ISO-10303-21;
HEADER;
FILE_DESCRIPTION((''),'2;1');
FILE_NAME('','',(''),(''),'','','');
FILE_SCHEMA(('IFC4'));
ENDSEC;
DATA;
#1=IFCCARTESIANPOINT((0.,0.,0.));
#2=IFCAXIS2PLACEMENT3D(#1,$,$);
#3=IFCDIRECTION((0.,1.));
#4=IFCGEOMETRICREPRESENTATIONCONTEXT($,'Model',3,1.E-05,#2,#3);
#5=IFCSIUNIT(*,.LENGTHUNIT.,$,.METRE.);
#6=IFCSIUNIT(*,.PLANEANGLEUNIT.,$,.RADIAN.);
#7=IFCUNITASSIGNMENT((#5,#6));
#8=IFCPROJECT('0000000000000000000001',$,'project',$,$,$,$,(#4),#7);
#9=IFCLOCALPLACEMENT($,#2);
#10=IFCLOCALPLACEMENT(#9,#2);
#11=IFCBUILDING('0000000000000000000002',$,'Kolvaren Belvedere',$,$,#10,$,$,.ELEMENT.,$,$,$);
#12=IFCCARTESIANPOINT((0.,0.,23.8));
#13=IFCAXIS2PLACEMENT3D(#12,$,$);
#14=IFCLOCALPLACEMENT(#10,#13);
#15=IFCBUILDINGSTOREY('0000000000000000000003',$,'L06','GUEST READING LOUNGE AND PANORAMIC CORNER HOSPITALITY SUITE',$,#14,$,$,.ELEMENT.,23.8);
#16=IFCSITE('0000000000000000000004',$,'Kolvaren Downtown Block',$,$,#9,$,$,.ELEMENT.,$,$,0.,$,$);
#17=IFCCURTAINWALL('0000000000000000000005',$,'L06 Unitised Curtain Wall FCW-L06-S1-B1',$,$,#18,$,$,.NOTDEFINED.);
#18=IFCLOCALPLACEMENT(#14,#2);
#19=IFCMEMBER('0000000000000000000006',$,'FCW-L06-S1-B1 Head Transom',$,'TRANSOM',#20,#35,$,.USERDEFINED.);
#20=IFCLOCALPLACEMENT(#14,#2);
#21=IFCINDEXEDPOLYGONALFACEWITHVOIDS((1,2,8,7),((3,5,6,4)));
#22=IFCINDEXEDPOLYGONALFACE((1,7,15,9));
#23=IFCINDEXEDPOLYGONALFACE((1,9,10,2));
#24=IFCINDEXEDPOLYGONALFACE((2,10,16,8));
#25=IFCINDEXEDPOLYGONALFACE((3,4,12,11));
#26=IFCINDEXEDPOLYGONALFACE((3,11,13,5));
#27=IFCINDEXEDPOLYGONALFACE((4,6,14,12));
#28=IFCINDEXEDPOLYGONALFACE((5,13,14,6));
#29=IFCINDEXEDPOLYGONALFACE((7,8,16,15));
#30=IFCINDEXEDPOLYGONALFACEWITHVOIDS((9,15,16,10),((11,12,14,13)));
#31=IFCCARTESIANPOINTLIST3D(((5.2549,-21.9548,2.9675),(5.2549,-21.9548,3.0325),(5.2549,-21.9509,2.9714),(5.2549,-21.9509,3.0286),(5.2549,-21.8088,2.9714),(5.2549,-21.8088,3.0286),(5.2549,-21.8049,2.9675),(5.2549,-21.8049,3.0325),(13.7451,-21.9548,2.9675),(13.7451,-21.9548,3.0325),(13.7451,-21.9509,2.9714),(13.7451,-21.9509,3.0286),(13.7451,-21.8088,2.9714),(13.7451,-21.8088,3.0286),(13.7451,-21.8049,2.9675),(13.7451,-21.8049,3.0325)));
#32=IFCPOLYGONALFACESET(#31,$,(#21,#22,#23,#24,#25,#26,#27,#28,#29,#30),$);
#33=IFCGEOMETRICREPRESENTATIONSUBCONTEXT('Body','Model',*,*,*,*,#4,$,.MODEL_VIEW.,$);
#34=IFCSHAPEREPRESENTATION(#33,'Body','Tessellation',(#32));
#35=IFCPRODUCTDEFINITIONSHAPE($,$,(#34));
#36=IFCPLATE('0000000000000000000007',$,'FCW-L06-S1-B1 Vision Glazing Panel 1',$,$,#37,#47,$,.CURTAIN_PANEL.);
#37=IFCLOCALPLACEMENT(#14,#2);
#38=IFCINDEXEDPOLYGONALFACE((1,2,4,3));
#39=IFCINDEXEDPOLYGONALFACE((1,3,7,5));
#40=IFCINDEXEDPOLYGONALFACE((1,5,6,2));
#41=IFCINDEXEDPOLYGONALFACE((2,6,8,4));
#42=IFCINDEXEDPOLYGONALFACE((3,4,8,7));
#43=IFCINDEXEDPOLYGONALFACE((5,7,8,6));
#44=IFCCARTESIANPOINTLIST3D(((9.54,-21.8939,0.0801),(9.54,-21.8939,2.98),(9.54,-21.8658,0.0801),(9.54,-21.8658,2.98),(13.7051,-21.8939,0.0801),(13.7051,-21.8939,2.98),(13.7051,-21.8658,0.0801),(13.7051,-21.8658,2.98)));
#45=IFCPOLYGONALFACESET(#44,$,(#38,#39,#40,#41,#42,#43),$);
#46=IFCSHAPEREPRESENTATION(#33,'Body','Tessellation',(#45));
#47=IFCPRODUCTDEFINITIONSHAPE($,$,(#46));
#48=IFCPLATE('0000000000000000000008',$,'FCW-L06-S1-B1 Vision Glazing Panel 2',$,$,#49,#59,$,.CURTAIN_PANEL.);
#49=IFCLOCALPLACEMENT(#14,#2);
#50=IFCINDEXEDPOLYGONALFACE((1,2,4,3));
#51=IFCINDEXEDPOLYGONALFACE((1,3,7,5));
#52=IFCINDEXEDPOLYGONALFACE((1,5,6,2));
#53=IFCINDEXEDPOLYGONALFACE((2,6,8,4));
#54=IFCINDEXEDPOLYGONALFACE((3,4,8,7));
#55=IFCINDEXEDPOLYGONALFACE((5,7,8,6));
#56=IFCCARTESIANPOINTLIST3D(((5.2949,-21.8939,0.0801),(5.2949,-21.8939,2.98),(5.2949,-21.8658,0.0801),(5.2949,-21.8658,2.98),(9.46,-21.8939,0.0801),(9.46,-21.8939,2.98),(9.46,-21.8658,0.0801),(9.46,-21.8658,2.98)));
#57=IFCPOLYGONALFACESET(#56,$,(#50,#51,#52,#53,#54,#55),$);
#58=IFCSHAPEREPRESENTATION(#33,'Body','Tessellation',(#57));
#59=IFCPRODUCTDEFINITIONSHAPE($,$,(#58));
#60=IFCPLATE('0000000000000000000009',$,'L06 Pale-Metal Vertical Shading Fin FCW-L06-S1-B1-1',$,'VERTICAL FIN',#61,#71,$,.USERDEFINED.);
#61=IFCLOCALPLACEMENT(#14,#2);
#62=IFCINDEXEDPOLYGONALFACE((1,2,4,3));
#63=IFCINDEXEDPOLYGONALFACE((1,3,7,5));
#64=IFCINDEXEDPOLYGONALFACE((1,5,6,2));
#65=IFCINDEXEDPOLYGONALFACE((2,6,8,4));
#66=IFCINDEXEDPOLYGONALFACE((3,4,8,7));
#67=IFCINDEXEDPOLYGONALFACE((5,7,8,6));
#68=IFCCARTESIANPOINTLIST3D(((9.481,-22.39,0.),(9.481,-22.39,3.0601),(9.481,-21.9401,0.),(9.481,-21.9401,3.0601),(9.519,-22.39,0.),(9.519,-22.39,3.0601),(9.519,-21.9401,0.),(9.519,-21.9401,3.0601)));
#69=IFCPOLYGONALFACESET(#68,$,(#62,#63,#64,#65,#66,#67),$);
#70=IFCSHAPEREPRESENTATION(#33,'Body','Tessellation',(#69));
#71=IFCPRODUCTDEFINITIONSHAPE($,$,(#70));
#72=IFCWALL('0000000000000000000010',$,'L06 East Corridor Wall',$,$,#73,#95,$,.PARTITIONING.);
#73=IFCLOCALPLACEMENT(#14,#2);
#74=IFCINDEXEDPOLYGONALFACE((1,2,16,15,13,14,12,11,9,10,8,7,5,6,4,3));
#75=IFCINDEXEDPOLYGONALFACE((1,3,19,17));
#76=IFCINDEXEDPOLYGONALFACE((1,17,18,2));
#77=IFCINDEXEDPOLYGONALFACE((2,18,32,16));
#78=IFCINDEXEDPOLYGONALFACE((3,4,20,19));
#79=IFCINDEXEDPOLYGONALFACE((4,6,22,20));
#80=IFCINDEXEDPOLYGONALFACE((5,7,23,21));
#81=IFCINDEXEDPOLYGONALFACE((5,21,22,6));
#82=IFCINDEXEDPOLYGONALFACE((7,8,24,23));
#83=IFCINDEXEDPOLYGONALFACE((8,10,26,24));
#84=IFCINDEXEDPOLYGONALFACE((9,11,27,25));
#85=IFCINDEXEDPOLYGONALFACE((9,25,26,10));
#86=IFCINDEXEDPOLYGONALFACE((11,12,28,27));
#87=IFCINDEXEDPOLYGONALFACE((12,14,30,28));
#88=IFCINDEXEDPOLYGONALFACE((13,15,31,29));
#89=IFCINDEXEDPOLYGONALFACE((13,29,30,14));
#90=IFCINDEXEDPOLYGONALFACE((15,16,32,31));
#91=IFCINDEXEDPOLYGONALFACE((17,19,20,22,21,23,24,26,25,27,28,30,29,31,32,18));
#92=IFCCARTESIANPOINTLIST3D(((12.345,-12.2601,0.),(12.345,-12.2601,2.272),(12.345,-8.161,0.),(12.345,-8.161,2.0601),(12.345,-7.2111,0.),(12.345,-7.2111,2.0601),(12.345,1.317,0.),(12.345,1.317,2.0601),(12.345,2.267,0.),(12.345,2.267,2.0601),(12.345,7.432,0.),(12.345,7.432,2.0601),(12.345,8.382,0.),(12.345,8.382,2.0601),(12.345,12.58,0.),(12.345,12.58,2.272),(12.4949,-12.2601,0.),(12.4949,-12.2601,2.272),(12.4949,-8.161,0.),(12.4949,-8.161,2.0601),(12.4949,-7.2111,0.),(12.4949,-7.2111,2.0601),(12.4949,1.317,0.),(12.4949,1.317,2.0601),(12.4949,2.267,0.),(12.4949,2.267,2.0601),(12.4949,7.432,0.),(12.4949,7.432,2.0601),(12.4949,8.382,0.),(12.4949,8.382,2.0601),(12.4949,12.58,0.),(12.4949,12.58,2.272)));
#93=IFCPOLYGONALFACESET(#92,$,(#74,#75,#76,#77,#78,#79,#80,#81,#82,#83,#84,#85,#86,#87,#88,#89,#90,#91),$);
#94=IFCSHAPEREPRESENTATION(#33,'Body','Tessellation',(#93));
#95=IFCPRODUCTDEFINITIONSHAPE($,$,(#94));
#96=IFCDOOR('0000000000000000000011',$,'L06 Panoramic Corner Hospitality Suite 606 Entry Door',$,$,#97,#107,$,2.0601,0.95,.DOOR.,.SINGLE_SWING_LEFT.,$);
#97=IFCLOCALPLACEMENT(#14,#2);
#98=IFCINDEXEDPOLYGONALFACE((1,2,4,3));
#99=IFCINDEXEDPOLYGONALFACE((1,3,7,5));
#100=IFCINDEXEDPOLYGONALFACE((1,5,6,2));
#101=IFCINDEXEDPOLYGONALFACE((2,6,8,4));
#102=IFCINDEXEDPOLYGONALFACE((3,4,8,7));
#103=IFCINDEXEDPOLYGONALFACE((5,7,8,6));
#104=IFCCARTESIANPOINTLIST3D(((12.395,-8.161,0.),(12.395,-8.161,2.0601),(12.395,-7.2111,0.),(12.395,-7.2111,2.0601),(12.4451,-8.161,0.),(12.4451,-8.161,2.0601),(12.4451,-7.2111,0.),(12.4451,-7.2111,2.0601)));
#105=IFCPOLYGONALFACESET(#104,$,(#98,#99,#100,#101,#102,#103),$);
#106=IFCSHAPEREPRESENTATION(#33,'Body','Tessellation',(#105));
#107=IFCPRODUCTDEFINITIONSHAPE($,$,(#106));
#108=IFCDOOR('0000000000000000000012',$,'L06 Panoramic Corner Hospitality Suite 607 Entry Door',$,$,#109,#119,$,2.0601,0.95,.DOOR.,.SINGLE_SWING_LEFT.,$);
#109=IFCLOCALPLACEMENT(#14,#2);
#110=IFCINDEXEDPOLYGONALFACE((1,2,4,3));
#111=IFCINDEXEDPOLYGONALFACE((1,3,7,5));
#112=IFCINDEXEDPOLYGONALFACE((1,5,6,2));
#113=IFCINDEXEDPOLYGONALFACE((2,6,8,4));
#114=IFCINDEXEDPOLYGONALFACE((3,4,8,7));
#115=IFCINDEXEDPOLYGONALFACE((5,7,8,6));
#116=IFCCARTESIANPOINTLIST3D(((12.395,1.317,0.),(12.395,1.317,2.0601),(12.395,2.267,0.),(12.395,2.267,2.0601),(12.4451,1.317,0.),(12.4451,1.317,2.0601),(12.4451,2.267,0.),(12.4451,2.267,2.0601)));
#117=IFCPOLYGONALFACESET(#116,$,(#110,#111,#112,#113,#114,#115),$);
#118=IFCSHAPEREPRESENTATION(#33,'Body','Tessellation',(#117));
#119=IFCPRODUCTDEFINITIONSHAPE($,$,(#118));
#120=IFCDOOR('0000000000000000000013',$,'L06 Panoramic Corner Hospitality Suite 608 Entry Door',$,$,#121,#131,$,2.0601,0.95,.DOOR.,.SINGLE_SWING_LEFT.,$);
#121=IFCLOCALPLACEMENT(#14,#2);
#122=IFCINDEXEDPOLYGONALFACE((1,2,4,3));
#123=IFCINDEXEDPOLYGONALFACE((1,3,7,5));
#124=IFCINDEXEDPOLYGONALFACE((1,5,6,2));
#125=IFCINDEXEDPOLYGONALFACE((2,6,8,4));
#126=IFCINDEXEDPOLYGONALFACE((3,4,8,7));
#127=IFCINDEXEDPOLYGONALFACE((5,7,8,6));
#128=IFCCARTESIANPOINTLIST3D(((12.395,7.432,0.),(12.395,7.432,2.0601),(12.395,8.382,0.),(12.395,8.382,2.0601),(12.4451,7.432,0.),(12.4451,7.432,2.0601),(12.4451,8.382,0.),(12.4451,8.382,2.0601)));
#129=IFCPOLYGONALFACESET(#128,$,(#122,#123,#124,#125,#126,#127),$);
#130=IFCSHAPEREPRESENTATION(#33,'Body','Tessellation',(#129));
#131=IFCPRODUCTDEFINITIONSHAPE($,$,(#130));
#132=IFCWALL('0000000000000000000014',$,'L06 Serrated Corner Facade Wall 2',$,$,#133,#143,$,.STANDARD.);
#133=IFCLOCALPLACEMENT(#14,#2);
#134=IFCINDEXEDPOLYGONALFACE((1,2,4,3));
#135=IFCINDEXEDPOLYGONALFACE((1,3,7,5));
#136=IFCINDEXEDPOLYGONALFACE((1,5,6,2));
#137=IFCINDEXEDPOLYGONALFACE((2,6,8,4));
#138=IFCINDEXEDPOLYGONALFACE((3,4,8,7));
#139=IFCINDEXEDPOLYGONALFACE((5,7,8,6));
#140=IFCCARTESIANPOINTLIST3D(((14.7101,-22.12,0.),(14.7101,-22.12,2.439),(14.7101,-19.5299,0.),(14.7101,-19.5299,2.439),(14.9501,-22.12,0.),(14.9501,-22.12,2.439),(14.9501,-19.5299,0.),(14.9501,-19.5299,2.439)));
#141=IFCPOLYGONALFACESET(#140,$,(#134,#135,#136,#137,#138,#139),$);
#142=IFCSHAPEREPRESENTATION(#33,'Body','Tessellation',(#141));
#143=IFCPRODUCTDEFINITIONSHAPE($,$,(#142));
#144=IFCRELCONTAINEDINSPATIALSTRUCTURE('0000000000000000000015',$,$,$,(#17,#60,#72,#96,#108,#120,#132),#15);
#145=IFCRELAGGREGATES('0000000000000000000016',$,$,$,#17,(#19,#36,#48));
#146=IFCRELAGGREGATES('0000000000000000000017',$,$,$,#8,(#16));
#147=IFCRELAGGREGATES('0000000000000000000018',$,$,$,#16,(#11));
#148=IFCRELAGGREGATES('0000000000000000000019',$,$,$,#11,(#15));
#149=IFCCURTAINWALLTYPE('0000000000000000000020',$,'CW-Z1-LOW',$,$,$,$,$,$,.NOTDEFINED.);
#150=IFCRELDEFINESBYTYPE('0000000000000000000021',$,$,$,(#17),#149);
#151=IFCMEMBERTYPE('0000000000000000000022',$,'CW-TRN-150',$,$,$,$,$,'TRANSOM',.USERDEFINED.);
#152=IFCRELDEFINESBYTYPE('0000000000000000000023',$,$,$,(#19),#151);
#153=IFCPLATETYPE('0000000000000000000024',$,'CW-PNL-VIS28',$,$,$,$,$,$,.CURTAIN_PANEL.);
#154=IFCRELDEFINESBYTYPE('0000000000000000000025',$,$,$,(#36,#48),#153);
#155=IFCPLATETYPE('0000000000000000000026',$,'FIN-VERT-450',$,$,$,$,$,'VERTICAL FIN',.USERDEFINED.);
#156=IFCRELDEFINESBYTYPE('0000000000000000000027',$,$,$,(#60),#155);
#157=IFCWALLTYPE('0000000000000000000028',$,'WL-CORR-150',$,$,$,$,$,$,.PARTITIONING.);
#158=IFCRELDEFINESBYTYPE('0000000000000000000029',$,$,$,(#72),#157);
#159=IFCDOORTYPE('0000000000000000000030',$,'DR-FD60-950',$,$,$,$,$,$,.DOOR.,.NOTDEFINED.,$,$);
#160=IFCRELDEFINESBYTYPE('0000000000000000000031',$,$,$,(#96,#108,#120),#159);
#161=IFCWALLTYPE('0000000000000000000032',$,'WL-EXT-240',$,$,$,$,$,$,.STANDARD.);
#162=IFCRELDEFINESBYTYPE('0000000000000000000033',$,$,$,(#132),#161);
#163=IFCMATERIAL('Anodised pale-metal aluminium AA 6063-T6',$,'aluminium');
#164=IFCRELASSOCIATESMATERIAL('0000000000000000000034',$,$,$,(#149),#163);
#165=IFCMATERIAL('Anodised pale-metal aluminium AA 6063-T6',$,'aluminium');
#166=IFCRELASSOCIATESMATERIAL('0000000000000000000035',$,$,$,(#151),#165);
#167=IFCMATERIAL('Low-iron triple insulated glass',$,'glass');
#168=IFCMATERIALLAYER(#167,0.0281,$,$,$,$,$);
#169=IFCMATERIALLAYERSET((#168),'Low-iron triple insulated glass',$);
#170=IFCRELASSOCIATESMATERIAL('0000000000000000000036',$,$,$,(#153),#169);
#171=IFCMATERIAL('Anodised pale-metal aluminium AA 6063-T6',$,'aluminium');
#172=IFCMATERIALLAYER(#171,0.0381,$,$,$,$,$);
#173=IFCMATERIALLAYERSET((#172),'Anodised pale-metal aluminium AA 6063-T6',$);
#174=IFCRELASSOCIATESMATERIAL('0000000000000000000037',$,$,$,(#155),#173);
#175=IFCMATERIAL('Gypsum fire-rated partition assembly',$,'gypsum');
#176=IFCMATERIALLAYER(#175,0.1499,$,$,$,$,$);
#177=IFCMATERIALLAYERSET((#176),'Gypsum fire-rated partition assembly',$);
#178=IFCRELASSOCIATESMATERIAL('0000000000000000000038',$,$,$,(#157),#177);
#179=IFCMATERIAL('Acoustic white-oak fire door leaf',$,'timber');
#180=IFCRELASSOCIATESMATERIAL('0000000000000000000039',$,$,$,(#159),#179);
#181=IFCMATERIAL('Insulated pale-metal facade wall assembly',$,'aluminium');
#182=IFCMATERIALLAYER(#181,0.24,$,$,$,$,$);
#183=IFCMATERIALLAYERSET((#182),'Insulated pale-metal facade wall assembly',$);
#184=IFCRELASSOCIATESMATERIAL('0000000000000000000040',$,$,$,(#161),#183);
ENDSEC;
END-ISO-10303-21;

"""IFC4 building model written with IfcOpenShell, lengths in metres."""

from ifc_helpers import new_model, si_unit, direction, frame, frame_2d, origin, origin_2d, place, context, subcontext, project, spatial, rectangle, hollow_rectangle, extrude, material, layer, layer_set, material_profile, profile_set, type_object, element, fill, aggregate, save


model = new_model("IFC4")

# Units and contexts
model_context = context("Model", 3, precision=1e-05, world=origin(), true_north=direction((0.0, 1.0)))
body_context = subcontext(model_context, "Body", "Model", "MODEL_VIEW")
ifc_project = project(units=[si_unit("LENGTHUNIT", "METRE"), si_unit("PLANEANGLEUNIT", "RADIAN")], contexts=[model_context])

# Site, building, storey
site_placement = place(None, origin())
site = spatial("IfcSite", under=ifc_project, at=site_placement, Name="Kolvaren Downtown Block", CompositionType="ELEMENT", RefElevation=0.0)
building_placement = place(site_placement, origin())
building = spatial("IfcBuilding", under=site, at=building_placement, Name="Kolvaren Belvedere", CompositionType="ELEMENT")
storey_placement = place(building_placement, frame((0.0, 0.0, 23.8)))
storey = spatial("IfcBuildingStorey", under=building, at=storey_placement, Name="L06", Description="GUEST READING LOUNGE AND PANORAMIC CORNER HOSPITALITY SUITE", CompositionType="ELEMENT", Elevation=23.8)

# Curtain wall
ifc_material_1 = material(Name="Anodised pale-metal aluminium AA 6063-T6", Category="aluminium")
curtain_wall_type = type_object("IfcCurtainWallType", Name="CW-Z1-LOW", PredefinedType="NOTDEFINED", material=ifc_material_1)
curtain_wall_1_placement = place(storey_placement, origin())
curtain_wall_1 = element("IfcCurtainWall", 1, at=curtain_wall_1_placement, inside=storey, type_object=curtain_wall_type, Name="L06 Unitised Curtain Wall FCW-L06-S1-B1", PredefinedType="NOTDEFINED")

# Member
ifc_material_2 = material(Name="Anodised pale-metal aluminium AA 6063-T6", Category="aluminium")
ifc_material_profile_1 = material_profile(ifc_material_2, hollow_rectangle(XDim=0.0649, YDim=0.1499, WallThickness=0.0039, at=origin_2d()), Name="ALU-TRN-150X65")
ifc_profile_set_1 = profile_set([ifc_material_profile_1], Name="Anodised pale-metal aluminium AA 6063-T6")
member_type_1 = type_object("IfcMemberType", Name="CW-TRN-150", ElementType="TRANSOM", PredefinedType="USERDEFINED", material=ifc_profile_set_1)
member_1_placement = place(storey_placement, frame((13.7451, -21.8799, 3.0), z_axis=(-1.0, 0.0, 0.0), x_axis=(0.0, 0.0, 1.0)))
member_1 = element("IfcMember", 2, at=member_1_placement, type_object=member_type_1, Name="FCW-L06-S1-B1 Head Transom", ObjectType="TRANSOM", PredefinedType="USERDEFINED", context=body_context, shape_type="SweptSolid", body=[
    extrude(hollow_rectangle(XDim=0.0649, YDim=0.1499, WallThickness=0.0039, at=origin_2d()), origin(), (0.0, 0.0, 1.0), 8.4902),
])

# Plates
ifc_material_3 = material(Name="Low-iron triple insulated glass", Category="glass")
ifc_layer_1 = layer(ifc_material_3, 0.0281)
ifc_layer_set_1 = layer_set([ifc_layer_1], Name="Low-iron triple insulated glass")
plate_type_1 = type_object("IfcPlateType", Name="CW-PNL-VIS28", PredefinedType="CURTAIN_PANEL", material=ifc_layer_set_1)
plate_1_placement = place(storey_placement, frame((11.6226, -21.8799, 0.0801), z_axis=(0.0, 0.0, 1.0), x_axis=(-1.0, 0.0, 0.0)))
plate_1 = element("IfcPlate", 3, at=plate_1_placement, type_object=plate_type_1, Name="FCW-L06-S1-B1 Vision Glazing Panel 1", PredefinedType="CURTAIN_PANEL", context=body_context, shape_type="SweptSolid", body=[
    extrude(rectangle(XDim=4.165, YDim=0.0281, at=origin_2d()), origin(), (0.0, 0.0, 1.0), 2.8999),
])
plate_2_placement = place(storey_placement, frame((7.3774, -21.8799, 0.0801), z_axis=(0.0, 0.0, 1.0), x_axis=(-1.0, 0.0, 0.0)))
plate_2 = element("IfcPlate", 4, at=plate_2_placement, type_object=plate_type_1, Name="FCW-L06-S1-B1 Vision Glazing Panel 2", PredefinedType="CURTAIN_PANEL", context=body_context, shape_type="SweptSolid", body=[
    extrude(rectangle(XDim=4.165, YDim=0.0281, at=origin_2d()), origin(), (0.0, 0.0, 1.0), 2.8999),
])
aggregate(curtain_wall_1, [member_1, plate_1, plate_2])
ifc_material_4 = material(Name="Anodised pale-metal aluminium AA 6063-T6", Category="aluminium")
ifc_layer_2 = layer(ifc_material_4, 0.0381)
ifc_layer_set_2 = layer_set([ifc_layer_2], Name="Anodised pale-metal aluminium AA 6063-T6")
plate_type_2 = type_object("IfcPlateType", Name="FIN-VERT-450", ElementType="VERTICAL FIN", PredefinedType="USERDEFINED", material=ifc_layer_set_2)
plate_3_placement = place(storey_placement, frame((9.5, -22.165, 0.0), z_axis=(0.0, 0.0, 1.0), x_axis=(0.0, 1.0, 0.0)))
element("IfcPlate", 5, at=plate_3_placement, inside=storey, type_object=plate_type_2, Name="L06 Pale-Metal Vertical Shading Fin FCW-L06-S1-B1-1", ObjectType="VERTICAL FIN", PredefinedType="USERDEFINED", context=body_context, shape_type="SweptSolid", body=[
    extrude(rectangle(XDim=0.45, YDim=0.0381, at=origin_2d()), origin(), (0.0, 0.0, 1.0), 3.0601),
])

# Wall, openings, doors
ifc_material_5 = material(Name="Gypsum fire-rated partition assembly", Category="gypsum")
ifc_layer_3 = layer(ifc_material_5, 0.1499)
ifc_layer_set_3 = layer_set([ifc_layer_3], Name="Gypsum fire-rated partition assembly")
wall_type_1 = type_object("IfcWallType", Name="WL-CORR-150", PredefinedType="PARTITIONING", material=ifc_layer_set_3)
wall_1_placement = place(storey_placement, frame((12.4199, -12.26, 0.0), z_axis=(0.0, 0.0, 1.0), x_axis=(0.0, 1.0, 0.0)))
wall_1 = element("IfcWall", 6, at=wall_1_placement, inside=storey, type_object=wall_type_1, Name="L06 East Corridor Wall", PredefinedType="PARTITIONING", context=body_context, shape_type="SweptSolid", body=[
    extrude(rectangle(XDim=24.8401, YDim=0.1499, at=frame_2d((12.4199, 0.0))), origin(), (0.0, 0.0, 1.0), 2.272),
])
opening_1_placement = place(wall_1_placement, frame((4.0989, 0.0, 0.0)))
opening_1 = element("IfcOpeningElement", 7, at=opening_1_placement, cuts=wall_1, PredefinedType="OPENING", context=body_context, shape_type="SweptSolid", body=[
    extrude(rectangle(XDim=0.95, YDim=2.0601, at=frame_2d((0.4751, 1.03))), frame((0.0, 0.085, 0.0), z_axis=(0.0, -1.0, 0.0), x_axis=(1.0, 0.0, 0.0)), (0.0, 0.0, 1.0), 0.1699),
])
opening_2_placement = place(wall_1_placement, frame((13.5769, 0.0, 0.0)))
opening_2 = element("IfcOpeningElement", 8, at=opening_2_placement, cuts=wall_1, PredefinedType="OPENING", context=body_context, shape_type="SweptSolid", body=[
    extrude(rectangle(XDim=0.95, YDim=2.0601, at=frame_2d((0.4751, 1.03))), frame((0.0, 0.085, 0.0), z_axis=(0.0, -1.0, 0.0), x_axis=(1.0, 0.0, 0.0)), (0.0, 0.0, 1.0), 0.1699),
])
opening_3_placement = place(wall_1_placement, frame((19.6919, 0.0, 0.0)))
opening_3 = element("IfcOpeningElement", 9, at=opening_3_placement, cuts=wall_1, PredefinedType="OPENING", context=body_context, shape_type="SweptSolid", body=[
    extrude(rectangle(XDim=0.95, YDim=2.0601, at=frame_2d((0.4751, 1.03))), frame((0.0, 0.085, 0.0), z_axis=(0.0, -1.0, 0.0), x_axis=(1.0, 0.0, 0.0)), (0.0, 0.0, 1.0), 0.1699),
])
ifc_material_6 = material(Name="Acoustic white-oak fire door leaf", Category="timber")
door_type = type_object("IfcDoorType", Name="DR-FD60-950", OperationType="NOTDEFINED", PredefinedType="DOOR", material=ifc_material_6)
door_1_placement = place(opening_1_placement, origin())
door_1 = element("IfcDoor", 10, at=door_1_placement, inside=storey, type_object=door_type, Name="L06 Panoramic Corner Hospitality Suite 606 Entry Door", OperationType="SINGLE_SWING_LEFT", OverallHeight=2.0601, OverallWidth=0.95, PredefinedType="DOOR", context=body_context, shape_type="SweptSolid", body=[
    extrude(rectangle(XDim=0.95, YDim=2.0601, at=frame_2d((0.4751, 1.03))), frame((0.0, 0.0249, 0.0), z_axis=(0.0, -1.0, 0.0), x_axis=(1.0, 0.0, 0.0)), (0.0, 0.0, 1.0), 0.05),
])
fill(opening_1, door_1)
door_2_placement = place(opening_2_placement, origin())
door_2 = element("IfcDoor", 11, at=door_2_placement, inside=storey, type_object=door_type, Name="L06 Panoramic Corner Hospitality Suite 607 Entry Door", OperationType="SINGLE_SWING_LEFT", OverallHeight=2.0601, OverallWidth=0.95, PredefinedType="DOOR", context=body_context, shape_type="SweptSolid", body=[
    extrude(rectangle(XDim=0.95, YDim=2.0601, at=frame_2d((0.4751, 1.03))), frame((0.0, 0.0249, 0.0), z_axis=(0.0, -1.0, 0.0), x_axis=(1.0, 0.0, 0.0)), (0.0, 0.0, 1.0), 0.05),
])
fill(opening_2, door_2)
door_3_placement = place(opening_3_placement, origin())
door_3 = element("IfcDoor", 12, at=door_3_placement, inside=storey, type_object=door_type, Name="L06 Panoramic Corner Hospitality Suite 608 Entry Door", OperationType="SINGLE_SWING_LEFT", OverallHeight=2.0601, OverallWidth=0.95, PredefinedType="DOOR", context=body_context, shape_type="SweptSolid", body=[
    extrude(rectangle(XDim=0.95, YDim=2.0601, at=frame_2d((0.4751, 1.03))), frame((0.0, 0.0249, 0.0), z_axis=(0.0, -1.0, 0.0), x_axis=(1.0, 0.0, 0.0)), (0.0, 0.0, 1.0), 0.05),
])
fill(opening_3, door_3)

# Wall
ifc_material_7 = material(Name="Insulated pale-metal facade wall assembly", Category="aluminium")
ifc_layer_4 = layer(ifc_material_7, 0.24)
ifc_layer_set_4 = layer_set([ifc_layer_4], Name="Insulated pale-metal facade wall assembly")
wall_type_2 = type_object("IfcWallType", Name="WL-EXT-240", PredefinedType="STANDARD", material=ifc_layer_set_4)
wall_2_placement = place(storey_placement, frame((14.8301, -19.53, 0.0), z_axis=(0.0, 0.0, 1.0), x_axis=(0.0, -1.0, 0.0)))
element("IfcWall", 13, at=wall_2_placement, inside=storey, type_object=wall_type_2, Name="L06 Serrated Corner Facade Wall 2", PredefinedType="STANDARD", context=body_context, shape_type="SweptSolid", body=[
    extrude(rectangle(XDim=2.5901, YDim=0.24, at=frame_2d((1.2949, 0.0))), origin(), (0.0, 0.0, 1.0), 2.439),
])

save(model, "model.ifc")
